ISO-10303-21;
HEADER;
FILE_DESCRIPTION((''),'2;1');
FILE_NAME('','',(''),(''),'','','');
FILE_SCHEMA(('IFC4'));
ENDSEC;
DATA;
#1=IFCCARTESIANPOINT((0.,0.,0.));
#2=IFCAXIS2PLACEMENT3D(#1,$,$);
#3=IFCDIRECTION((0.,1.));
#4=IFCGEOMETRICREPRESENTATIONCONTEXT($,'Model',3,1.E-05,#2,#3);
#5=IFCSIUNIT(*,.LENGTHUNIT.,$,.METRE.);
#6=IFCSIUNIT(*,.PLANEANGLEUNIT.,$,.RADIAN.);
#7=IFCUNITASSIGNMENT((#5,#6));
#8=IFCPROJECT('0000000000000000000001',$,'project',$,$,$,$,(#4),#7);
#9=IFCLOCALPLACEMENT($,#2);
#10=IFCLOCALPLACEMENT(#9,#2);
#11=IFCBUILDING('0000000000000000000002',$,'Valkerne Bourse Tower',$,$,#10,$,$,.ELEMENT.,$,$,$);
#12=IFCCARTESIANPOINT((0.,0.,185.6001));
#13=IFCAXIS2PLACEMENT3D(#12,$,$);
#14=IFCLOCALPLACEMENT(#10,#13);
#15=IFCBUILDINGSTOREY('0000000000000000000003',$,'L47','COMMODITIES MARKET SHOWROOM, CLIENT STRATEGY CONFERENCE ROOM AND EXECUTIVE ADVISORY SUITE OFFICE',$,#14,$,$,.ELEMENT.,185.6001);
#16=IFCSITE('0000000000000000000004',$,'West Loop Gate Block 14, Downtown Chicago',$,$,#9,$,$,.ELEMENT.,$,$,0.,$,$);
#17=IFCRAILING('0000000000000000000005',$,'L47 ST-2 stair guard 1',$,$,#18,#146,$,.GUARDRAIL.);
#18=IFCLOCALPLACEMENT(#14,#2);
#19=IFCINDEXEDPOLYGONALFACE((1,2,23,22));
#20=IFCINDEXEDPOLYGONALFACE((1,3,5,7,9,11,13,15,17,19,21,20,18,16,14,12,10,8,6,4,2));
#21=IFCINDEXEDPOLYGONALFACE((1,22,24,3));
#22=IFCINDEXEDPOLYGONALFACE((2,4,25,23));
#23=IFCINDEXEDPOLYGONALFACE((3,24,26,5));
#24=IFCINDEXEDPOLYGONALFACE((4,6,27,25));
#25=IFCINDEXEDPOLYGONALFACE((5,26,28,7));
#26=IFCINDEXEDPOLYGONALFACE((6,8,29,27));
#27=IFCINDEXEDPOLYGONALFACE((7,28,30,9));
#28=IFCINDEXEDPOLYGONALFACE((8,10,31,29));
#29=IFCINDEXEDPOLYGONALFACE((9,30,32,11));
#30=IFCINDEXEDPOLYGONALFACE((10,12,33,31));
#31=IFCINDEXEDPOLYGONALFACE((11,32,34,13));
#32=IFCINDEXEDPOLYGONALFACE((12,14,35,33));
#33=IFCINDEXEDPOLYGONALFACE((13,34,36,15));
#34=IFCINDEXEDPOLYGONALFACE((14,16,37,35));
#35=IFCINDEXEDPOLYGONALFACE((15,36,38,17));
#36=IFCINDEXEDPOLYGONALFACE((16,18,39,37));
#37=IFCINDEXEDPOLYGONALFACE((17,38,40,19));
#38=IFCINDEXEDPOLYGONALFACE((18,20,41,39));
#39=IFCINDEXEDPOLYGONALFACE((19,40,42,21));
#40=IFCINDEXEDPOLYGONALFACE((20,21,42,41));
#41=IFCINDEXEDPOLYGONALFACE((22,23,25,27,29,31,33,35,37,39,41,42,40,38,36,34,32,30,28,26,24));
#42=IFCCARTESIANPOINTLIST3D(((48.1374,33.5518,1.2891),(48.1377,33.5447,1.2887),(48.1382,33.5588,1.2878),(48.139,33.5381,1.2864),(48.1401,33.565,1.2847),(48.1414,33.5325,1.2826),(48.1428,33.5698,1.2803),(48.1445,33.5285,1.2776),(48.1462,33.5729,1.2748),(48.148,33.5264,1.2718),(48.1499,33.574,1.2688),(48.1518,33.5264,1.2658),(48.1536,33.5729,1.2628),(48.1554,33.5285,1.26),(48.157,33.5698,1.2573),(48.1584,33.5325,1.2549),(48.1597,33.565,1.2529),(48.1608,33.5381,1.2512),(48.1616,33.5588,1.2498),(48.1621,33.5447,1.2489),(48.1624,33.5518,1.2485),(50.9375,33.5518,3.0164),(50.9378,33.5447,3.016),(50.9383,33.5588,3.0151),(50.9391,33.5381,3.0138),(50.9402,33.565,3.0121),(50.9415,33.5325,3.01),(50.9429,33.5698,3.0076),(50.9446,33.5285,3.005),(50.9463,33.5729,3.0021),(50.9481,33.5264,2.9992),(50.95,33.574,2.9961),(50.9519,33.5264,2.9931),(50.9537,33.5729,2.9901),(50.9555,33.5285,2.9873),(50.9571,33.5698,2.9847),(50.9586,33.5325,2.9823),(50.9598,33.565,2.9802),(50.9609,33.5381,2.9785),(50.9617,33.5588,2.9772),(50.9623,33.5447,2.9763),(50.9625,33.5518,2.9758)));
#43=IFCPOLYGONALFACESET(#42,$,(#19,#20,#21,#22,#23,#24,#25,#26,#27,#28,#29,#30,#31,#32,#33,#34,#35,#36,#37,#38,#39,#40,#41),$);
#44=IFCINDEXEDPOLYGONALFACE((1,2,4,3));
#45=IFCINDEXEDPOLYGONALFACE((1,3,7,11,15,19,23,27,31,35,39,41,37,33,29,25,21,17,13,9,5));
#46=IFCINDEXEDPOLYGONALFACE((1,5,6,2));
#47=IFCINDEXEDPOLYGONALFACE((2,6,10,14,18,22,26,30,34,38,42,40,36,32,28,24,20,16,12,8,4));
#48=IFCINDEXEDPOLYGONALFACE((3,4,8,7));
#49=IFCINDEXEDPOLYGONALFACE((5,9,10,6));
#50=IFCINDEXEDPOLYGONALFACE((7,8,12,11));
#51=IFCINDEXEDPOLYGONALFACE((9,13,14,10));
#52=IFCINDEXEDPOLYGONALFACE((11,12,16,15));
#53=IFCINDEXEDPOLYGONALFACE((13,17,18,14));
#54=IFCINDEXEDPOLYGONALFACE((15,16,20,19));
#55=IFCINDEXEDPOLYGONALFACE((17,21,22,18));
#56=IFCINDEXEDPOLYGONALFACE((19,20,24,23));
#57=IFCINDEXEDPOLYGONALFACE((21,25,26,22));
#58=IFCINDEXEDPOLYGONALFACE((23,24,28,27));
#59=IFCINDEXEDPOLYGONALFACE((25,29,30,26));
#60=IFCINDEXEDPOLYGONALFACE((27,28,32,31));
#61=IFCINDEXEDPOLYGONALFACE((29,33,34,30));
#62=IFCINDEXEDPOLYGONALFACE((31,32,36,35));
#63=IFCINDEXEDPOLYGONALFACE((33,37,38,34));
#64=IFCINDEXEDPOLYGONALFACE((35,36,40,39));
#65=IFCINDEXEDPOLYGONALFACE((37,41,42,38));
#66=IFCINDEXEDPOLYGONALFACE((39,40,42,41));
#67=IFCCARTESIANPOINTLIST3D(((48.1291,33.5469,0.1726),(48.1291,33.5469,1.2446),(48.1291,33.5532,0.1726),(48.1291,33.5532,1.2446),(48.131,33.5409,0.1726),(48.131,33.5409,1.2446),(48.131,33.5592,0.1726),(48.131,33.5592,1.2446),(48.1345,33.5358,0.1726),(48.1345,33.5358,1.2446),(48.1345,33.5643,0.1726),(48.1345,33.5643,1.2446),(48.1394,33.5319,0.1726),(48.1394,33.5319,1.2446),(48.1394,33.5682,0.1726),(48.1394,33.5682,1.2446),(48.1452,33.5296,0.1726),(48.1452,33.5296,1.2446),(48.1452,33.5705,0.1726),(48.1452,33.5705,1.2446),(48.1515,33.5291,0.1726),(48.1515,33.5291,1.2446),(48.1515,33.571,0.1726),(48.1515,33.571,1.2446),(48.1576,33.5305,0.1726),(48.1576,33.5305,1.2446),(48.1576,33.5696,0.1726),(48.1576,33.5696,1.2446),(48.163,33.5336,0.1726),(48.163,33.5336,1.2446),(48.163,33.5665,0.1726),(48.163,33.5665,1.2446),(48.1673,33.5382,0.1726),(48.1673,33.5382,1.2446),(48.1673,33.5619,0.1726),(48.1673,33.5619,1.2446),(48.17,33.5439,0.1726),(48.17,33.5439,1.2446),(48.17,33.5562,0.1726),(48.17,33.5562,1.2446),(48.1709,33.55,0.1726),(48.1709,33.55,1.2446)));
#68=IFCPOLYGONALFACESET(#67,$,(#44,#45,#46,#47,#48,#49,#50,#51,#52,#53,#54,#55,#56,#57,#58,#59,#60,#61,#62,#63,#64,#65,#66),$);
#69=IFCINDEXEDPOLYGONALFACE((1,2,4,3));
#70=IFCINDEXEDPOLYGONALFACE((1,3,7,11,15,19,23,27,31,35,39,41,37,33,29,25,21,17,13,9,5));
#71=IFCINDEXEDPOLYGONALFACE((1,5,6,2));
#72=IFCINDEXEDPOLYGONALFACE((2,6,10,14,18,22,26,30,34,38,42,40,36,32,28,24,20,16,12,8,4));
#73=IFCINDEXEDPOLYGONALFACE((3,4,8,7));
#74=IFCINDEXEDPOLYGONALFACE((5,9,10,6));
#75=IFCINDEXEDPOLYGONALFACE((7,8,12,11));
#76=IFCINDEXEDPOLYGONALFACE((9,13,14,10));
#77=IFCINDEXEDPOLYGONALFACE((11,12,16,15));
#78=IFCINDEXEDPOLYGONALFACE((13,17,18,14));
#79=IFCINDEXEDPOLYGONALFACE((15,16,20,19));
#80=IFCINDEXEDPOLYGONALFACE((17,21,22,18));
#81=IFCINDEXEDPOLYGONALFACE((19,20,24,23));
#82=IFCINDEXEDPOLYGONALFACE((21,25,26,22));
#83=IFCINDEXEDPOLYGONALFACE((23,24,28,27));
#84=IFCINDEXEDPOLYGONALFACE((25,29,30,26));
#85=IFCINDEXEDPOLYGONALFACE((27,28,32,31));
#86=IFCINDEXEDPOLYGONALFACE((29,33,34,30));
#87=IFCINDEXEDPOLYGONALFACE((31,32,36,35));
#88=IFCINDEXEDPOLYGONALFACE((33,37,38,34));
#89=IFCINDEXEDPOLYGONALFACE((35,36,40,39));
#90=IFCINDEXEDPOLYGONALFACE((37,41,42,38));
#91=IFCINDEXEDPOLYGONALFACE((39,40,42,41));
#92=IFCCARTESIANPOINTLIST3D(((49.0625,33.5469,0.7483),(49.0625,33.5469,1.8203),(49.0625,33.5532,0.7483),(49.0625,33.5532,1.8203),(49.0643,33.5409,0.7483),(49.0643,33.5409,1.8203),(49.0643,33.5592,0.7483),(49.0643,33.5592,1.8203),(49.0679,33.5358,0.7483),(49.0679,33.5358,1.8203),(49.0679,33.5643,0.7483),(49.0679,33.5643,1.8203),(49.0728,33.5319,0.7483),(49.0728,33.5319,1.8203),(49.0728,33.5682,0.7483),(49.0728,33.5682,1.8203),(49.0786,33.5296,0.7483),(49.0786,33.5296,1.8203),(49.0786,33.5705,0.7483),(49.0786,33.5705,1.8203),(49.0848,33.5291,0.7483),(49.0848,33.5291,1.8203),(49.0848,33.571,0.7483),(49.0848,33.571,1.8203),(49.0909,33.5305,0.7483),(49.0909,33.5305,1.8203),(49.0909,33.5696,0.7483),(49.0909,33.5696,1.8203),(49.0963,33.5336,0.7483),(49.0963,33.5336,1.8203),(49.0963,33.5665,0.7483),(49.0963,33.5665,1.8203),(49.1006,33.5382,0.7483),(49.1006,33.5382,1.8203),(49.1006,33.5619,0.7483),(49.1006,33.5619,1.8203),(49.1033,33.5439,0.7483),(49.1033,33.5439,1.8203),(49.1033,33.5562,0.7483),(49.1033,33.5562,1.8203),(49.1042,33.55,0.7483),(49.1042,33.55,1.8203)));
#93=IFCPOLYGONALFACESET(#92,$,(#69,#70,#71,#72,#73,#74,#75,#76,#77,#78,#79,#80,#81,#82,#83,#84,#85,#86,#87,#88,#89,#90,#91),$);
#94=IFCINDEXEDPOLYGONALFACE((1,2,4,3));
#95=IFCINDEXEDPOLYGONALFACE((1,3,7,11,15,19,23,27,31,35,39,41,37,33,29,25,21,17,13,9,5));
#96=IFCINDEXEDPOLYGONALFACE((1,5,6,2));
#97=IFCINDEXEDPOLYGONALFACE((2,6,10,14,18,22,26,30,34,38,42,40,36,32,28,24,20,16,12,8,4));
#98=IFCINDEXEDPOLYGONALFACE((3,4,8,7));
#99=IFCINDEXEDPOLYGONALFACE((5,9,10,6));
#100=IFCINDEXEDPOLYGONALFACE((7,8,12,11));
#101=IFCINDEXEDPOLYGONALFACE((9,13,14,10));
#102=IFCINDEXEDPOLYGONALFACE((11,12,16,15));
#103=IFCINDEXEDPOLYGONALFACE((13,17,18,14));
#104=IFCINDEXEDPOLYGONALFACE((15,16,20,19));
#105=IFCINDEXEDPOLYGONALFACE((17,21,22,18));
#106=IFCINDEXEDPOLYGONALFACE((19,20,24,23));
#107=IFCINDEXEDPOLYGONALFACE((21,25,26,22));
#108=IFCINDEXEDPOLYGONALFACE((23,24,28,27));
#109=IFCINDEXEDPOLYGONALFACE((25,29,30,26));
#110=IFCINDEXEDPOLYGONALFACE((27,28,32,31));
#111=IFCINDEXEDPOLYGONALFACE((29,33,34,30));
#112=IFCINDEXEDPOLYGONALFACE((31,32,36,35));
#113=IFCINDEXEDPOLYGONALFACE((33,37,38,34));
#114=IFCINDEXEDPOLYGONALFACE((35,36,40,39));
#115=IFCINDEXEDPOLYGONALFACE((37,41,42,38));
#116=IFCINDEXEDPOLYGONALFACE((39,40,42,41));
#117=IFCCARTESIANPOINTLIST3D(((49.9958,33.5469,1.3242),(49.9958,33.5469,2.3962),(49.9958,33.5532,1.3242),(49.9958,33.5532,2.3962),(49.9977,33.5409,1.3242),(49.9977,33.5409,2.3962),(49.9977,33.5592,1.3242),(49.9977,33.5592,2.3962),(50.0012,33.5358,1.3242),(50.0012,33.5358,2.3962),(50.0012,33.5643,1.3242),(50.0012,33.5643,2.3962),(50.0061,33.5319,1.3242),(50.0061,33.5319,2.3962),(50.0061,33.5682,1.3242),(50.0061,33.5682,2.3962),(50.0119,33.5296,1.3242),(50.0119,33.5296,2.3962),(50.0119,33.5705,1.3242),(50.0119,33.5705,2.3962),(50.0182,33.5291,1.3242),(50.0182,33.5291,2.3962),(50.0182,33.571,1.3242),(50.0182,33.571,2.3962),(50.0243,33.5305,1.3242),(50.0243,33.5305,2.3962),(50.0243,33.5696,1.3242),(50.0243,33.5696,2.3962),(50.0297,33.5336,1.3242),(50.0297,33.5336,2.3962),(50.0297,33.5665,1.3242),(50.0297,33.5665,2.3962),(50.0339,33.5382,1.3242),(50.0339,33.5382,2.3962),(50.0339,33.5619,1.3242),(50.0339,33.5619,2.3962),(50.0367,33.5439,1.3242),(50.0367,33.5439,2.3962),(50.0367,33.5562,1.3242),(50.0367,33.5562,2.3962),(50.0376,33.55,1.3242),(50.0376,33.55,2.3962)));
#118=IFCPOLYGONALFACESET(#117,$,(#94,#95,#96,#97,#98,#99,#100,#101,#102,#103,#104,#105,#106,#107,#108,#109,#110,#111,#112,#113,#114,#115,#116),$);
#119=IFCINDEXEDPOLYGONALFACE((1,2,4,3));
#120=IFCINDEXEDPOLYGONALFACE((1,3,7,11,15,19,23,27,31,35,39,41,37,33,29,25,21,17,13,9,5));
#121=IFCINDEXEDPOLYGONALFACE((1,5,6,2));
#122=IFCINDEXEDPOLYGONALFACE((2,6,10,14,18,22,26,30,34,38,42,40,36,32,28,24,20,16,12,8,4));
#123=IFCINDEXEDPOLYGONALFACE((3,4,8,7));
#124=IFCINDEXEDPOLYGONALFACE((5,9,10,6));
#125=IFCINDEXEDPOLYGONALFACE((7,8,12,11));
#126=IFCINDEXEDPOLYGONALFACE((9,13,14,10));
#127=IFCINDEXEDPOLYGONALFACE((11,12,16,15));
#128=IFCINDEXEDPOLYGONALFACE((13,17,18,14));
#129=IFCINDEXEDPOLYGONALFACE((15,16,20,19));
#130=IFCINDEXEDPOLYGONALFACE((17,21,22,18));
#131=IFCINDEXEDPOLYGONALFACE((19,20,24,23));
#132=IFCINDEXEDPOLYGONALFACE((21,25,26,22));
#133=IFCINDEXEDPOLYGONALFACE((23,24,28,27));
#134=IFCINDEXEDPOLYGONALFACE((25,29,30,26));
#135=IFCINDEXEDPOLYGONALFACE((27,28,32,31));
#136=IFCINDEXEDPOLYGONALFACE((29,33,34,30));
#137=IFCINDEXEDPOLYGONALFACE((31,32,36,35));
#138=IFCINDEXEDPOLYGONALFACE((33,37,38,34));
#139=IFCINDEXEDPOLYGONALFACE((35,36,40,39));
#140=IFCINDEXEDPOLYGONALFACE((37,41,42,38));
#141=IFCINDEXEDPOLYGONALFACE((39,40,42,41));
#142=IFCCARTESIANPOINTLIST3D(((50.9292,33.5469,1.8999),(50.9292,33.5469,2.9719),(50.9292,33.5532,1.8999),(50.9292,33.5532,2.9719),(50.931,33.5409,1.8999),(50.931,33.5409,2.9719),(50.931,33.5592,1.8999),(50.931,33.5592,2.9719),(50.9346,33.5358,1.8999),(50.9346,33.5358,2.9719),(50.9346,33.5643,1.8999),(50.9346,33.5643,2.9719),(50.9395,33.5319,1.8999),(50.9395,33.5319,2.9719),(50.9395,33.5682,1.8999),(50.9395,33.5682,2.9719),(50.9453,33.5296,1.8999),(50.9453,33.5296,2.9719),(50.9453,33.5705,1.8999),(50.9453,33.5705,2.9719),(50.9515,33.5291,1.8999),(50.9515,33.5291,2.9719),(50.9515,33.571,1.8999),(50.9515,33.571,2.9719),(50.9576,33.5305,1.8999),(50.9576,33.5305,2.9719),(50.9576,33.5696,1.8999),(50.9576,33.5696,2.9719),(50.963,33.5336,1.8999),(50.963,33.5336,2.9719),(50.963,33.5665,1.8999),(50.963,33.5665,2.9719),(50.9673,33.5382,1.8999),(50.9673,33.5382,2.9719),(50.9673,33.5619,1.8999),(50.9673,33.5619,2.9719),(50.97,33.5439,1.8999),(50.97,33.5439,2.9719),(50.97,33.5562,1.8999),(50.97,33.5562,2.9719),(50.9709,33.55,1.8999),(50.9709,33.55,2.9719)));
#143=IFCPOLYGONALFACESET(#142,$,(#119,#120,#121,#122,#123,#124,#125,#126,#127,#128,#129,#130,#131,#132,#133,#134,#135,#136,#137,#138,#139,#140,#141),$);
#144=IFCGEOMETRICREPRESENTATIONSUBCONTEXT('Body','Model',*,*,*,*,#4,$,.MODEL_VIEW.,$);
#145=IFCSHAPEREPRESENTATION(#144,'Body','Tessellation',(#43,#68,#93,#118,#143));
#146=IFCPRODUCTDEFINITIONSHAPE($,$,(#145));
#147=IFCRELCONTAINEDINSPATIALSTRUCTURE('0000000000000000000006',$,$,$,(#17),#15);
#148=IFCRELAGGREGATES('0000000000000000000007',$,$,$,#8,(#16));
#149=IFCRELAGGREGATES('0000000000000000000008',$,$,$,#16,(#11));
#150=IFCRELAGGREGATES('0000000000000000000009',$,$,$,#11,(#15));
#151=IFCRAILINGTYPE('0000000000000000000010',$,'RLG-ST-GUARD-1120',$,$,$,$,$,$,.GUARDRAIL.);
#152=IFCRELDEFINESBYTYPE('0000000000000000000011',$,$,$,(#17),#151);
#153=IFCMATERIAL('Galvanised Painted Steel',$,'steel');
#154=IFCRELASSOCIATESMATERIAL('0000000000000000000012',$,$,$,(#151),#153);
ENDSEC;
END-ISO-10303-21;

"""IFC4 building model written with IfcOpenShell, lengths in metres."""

from ifc_helpers import new_model, si_unit, direction, frame, origin, origin_2d, place, context, subcontext, project, spatial, circle, extrude, material, type_object, element, save


model = new_model("IFC4")

# Units and contexts
model_context = context("Model", 3, precision=1e-05, world=origin(), true_north=direction((0.0, 1.0)))
body_context = subcontext(model_context, "Body", "Model", "MODEL_VIEW")
ifc_project = project(units=[si_unit("LENGTHUNIT", "METRE"), si_unit("PLANEANGLEUNIT", "RADIAN")], contexts=[model_context])

# Site, building, storey
site_placement = place(None, origin())
site = spatial("IfcSite", under=ifc_project, at=site_placement, Name="West Loop Gate Block 14, Downtown Chicago", CompositionType="ELEMENT", RefElevation=0.0)
building_placement = place(site_placement, origin())
building = spatial("IfcBuilding", under=site, at=building_placement, Name="Valkerne Bourse Tower", CompositionType="ELEMENT")
storey_placement = place(building_placement, frame((0.0, 0.0, 185.6001)))
storey = spatial("IfcBuildingStorey", under=building, at=storey_placement, Name="L47", Description="COMMODITIES MARKET SHOWROOM, CLIENT STRATEGY CONFERENCE ROOM AND EXECUTIVE ADVISORY SUITE OFFICE", CompositionType="ELEMENT", Elevation=185.6001)

# Shared definitions
ifc_material_1 = material(Name="Galvanised Painted Steel", Category="steel")

# Railing
railing_type_1 = type_object("IfcRailingType", Name="RLG-ST-GUARD-1120", PredefinedType="GUARDRAIL", material=ifc_material_1)
railing_1_placement = place(storey_placement, frame((48.1499, 33.55, 0.1726)))
element("IfcRailing", 1, at=railing_1_placement, inside=storey, type_object=railing_type_1, Name="L47 ST-2 stair guard 1", PredefinedType="GUARDRAIL", context=body_context, shape_type="SweptSolid", body=[
    extrude(circle(Radius=0.0239, at=origin_2d()), frame((0.0, 0.0, 1.0962), z_axis=(0.85109, 0.0, 0.52502), x_axis=(0.0, 1.0, 0.0)), (0.0, 0.0, 1.0), 3.29),
    extrude(circle(Radius=0.021, at=origin_2d()), origin(), (0.0, 0.0, 1.0), 1.072),
    extrude(circle(Radius=0.021, at=origin_2d()), frame((0.9333, 0.0, 0.5757)), (0.0, 0.0, 1.0), 1.072),
    extrude(circle(Radius=0.021, at=origin_2d()), frame((1.8667, 0.0, 1.1516)), (0.0, 0.0, 1.0), 1.072),
    extrude(circle(Radius=0.021, at=origin_2d()), frame((2.8, 0.0, 1.7273)), (0.0, 0.0, 1.0), 1.072),
])

save(model, "model.ifc")
